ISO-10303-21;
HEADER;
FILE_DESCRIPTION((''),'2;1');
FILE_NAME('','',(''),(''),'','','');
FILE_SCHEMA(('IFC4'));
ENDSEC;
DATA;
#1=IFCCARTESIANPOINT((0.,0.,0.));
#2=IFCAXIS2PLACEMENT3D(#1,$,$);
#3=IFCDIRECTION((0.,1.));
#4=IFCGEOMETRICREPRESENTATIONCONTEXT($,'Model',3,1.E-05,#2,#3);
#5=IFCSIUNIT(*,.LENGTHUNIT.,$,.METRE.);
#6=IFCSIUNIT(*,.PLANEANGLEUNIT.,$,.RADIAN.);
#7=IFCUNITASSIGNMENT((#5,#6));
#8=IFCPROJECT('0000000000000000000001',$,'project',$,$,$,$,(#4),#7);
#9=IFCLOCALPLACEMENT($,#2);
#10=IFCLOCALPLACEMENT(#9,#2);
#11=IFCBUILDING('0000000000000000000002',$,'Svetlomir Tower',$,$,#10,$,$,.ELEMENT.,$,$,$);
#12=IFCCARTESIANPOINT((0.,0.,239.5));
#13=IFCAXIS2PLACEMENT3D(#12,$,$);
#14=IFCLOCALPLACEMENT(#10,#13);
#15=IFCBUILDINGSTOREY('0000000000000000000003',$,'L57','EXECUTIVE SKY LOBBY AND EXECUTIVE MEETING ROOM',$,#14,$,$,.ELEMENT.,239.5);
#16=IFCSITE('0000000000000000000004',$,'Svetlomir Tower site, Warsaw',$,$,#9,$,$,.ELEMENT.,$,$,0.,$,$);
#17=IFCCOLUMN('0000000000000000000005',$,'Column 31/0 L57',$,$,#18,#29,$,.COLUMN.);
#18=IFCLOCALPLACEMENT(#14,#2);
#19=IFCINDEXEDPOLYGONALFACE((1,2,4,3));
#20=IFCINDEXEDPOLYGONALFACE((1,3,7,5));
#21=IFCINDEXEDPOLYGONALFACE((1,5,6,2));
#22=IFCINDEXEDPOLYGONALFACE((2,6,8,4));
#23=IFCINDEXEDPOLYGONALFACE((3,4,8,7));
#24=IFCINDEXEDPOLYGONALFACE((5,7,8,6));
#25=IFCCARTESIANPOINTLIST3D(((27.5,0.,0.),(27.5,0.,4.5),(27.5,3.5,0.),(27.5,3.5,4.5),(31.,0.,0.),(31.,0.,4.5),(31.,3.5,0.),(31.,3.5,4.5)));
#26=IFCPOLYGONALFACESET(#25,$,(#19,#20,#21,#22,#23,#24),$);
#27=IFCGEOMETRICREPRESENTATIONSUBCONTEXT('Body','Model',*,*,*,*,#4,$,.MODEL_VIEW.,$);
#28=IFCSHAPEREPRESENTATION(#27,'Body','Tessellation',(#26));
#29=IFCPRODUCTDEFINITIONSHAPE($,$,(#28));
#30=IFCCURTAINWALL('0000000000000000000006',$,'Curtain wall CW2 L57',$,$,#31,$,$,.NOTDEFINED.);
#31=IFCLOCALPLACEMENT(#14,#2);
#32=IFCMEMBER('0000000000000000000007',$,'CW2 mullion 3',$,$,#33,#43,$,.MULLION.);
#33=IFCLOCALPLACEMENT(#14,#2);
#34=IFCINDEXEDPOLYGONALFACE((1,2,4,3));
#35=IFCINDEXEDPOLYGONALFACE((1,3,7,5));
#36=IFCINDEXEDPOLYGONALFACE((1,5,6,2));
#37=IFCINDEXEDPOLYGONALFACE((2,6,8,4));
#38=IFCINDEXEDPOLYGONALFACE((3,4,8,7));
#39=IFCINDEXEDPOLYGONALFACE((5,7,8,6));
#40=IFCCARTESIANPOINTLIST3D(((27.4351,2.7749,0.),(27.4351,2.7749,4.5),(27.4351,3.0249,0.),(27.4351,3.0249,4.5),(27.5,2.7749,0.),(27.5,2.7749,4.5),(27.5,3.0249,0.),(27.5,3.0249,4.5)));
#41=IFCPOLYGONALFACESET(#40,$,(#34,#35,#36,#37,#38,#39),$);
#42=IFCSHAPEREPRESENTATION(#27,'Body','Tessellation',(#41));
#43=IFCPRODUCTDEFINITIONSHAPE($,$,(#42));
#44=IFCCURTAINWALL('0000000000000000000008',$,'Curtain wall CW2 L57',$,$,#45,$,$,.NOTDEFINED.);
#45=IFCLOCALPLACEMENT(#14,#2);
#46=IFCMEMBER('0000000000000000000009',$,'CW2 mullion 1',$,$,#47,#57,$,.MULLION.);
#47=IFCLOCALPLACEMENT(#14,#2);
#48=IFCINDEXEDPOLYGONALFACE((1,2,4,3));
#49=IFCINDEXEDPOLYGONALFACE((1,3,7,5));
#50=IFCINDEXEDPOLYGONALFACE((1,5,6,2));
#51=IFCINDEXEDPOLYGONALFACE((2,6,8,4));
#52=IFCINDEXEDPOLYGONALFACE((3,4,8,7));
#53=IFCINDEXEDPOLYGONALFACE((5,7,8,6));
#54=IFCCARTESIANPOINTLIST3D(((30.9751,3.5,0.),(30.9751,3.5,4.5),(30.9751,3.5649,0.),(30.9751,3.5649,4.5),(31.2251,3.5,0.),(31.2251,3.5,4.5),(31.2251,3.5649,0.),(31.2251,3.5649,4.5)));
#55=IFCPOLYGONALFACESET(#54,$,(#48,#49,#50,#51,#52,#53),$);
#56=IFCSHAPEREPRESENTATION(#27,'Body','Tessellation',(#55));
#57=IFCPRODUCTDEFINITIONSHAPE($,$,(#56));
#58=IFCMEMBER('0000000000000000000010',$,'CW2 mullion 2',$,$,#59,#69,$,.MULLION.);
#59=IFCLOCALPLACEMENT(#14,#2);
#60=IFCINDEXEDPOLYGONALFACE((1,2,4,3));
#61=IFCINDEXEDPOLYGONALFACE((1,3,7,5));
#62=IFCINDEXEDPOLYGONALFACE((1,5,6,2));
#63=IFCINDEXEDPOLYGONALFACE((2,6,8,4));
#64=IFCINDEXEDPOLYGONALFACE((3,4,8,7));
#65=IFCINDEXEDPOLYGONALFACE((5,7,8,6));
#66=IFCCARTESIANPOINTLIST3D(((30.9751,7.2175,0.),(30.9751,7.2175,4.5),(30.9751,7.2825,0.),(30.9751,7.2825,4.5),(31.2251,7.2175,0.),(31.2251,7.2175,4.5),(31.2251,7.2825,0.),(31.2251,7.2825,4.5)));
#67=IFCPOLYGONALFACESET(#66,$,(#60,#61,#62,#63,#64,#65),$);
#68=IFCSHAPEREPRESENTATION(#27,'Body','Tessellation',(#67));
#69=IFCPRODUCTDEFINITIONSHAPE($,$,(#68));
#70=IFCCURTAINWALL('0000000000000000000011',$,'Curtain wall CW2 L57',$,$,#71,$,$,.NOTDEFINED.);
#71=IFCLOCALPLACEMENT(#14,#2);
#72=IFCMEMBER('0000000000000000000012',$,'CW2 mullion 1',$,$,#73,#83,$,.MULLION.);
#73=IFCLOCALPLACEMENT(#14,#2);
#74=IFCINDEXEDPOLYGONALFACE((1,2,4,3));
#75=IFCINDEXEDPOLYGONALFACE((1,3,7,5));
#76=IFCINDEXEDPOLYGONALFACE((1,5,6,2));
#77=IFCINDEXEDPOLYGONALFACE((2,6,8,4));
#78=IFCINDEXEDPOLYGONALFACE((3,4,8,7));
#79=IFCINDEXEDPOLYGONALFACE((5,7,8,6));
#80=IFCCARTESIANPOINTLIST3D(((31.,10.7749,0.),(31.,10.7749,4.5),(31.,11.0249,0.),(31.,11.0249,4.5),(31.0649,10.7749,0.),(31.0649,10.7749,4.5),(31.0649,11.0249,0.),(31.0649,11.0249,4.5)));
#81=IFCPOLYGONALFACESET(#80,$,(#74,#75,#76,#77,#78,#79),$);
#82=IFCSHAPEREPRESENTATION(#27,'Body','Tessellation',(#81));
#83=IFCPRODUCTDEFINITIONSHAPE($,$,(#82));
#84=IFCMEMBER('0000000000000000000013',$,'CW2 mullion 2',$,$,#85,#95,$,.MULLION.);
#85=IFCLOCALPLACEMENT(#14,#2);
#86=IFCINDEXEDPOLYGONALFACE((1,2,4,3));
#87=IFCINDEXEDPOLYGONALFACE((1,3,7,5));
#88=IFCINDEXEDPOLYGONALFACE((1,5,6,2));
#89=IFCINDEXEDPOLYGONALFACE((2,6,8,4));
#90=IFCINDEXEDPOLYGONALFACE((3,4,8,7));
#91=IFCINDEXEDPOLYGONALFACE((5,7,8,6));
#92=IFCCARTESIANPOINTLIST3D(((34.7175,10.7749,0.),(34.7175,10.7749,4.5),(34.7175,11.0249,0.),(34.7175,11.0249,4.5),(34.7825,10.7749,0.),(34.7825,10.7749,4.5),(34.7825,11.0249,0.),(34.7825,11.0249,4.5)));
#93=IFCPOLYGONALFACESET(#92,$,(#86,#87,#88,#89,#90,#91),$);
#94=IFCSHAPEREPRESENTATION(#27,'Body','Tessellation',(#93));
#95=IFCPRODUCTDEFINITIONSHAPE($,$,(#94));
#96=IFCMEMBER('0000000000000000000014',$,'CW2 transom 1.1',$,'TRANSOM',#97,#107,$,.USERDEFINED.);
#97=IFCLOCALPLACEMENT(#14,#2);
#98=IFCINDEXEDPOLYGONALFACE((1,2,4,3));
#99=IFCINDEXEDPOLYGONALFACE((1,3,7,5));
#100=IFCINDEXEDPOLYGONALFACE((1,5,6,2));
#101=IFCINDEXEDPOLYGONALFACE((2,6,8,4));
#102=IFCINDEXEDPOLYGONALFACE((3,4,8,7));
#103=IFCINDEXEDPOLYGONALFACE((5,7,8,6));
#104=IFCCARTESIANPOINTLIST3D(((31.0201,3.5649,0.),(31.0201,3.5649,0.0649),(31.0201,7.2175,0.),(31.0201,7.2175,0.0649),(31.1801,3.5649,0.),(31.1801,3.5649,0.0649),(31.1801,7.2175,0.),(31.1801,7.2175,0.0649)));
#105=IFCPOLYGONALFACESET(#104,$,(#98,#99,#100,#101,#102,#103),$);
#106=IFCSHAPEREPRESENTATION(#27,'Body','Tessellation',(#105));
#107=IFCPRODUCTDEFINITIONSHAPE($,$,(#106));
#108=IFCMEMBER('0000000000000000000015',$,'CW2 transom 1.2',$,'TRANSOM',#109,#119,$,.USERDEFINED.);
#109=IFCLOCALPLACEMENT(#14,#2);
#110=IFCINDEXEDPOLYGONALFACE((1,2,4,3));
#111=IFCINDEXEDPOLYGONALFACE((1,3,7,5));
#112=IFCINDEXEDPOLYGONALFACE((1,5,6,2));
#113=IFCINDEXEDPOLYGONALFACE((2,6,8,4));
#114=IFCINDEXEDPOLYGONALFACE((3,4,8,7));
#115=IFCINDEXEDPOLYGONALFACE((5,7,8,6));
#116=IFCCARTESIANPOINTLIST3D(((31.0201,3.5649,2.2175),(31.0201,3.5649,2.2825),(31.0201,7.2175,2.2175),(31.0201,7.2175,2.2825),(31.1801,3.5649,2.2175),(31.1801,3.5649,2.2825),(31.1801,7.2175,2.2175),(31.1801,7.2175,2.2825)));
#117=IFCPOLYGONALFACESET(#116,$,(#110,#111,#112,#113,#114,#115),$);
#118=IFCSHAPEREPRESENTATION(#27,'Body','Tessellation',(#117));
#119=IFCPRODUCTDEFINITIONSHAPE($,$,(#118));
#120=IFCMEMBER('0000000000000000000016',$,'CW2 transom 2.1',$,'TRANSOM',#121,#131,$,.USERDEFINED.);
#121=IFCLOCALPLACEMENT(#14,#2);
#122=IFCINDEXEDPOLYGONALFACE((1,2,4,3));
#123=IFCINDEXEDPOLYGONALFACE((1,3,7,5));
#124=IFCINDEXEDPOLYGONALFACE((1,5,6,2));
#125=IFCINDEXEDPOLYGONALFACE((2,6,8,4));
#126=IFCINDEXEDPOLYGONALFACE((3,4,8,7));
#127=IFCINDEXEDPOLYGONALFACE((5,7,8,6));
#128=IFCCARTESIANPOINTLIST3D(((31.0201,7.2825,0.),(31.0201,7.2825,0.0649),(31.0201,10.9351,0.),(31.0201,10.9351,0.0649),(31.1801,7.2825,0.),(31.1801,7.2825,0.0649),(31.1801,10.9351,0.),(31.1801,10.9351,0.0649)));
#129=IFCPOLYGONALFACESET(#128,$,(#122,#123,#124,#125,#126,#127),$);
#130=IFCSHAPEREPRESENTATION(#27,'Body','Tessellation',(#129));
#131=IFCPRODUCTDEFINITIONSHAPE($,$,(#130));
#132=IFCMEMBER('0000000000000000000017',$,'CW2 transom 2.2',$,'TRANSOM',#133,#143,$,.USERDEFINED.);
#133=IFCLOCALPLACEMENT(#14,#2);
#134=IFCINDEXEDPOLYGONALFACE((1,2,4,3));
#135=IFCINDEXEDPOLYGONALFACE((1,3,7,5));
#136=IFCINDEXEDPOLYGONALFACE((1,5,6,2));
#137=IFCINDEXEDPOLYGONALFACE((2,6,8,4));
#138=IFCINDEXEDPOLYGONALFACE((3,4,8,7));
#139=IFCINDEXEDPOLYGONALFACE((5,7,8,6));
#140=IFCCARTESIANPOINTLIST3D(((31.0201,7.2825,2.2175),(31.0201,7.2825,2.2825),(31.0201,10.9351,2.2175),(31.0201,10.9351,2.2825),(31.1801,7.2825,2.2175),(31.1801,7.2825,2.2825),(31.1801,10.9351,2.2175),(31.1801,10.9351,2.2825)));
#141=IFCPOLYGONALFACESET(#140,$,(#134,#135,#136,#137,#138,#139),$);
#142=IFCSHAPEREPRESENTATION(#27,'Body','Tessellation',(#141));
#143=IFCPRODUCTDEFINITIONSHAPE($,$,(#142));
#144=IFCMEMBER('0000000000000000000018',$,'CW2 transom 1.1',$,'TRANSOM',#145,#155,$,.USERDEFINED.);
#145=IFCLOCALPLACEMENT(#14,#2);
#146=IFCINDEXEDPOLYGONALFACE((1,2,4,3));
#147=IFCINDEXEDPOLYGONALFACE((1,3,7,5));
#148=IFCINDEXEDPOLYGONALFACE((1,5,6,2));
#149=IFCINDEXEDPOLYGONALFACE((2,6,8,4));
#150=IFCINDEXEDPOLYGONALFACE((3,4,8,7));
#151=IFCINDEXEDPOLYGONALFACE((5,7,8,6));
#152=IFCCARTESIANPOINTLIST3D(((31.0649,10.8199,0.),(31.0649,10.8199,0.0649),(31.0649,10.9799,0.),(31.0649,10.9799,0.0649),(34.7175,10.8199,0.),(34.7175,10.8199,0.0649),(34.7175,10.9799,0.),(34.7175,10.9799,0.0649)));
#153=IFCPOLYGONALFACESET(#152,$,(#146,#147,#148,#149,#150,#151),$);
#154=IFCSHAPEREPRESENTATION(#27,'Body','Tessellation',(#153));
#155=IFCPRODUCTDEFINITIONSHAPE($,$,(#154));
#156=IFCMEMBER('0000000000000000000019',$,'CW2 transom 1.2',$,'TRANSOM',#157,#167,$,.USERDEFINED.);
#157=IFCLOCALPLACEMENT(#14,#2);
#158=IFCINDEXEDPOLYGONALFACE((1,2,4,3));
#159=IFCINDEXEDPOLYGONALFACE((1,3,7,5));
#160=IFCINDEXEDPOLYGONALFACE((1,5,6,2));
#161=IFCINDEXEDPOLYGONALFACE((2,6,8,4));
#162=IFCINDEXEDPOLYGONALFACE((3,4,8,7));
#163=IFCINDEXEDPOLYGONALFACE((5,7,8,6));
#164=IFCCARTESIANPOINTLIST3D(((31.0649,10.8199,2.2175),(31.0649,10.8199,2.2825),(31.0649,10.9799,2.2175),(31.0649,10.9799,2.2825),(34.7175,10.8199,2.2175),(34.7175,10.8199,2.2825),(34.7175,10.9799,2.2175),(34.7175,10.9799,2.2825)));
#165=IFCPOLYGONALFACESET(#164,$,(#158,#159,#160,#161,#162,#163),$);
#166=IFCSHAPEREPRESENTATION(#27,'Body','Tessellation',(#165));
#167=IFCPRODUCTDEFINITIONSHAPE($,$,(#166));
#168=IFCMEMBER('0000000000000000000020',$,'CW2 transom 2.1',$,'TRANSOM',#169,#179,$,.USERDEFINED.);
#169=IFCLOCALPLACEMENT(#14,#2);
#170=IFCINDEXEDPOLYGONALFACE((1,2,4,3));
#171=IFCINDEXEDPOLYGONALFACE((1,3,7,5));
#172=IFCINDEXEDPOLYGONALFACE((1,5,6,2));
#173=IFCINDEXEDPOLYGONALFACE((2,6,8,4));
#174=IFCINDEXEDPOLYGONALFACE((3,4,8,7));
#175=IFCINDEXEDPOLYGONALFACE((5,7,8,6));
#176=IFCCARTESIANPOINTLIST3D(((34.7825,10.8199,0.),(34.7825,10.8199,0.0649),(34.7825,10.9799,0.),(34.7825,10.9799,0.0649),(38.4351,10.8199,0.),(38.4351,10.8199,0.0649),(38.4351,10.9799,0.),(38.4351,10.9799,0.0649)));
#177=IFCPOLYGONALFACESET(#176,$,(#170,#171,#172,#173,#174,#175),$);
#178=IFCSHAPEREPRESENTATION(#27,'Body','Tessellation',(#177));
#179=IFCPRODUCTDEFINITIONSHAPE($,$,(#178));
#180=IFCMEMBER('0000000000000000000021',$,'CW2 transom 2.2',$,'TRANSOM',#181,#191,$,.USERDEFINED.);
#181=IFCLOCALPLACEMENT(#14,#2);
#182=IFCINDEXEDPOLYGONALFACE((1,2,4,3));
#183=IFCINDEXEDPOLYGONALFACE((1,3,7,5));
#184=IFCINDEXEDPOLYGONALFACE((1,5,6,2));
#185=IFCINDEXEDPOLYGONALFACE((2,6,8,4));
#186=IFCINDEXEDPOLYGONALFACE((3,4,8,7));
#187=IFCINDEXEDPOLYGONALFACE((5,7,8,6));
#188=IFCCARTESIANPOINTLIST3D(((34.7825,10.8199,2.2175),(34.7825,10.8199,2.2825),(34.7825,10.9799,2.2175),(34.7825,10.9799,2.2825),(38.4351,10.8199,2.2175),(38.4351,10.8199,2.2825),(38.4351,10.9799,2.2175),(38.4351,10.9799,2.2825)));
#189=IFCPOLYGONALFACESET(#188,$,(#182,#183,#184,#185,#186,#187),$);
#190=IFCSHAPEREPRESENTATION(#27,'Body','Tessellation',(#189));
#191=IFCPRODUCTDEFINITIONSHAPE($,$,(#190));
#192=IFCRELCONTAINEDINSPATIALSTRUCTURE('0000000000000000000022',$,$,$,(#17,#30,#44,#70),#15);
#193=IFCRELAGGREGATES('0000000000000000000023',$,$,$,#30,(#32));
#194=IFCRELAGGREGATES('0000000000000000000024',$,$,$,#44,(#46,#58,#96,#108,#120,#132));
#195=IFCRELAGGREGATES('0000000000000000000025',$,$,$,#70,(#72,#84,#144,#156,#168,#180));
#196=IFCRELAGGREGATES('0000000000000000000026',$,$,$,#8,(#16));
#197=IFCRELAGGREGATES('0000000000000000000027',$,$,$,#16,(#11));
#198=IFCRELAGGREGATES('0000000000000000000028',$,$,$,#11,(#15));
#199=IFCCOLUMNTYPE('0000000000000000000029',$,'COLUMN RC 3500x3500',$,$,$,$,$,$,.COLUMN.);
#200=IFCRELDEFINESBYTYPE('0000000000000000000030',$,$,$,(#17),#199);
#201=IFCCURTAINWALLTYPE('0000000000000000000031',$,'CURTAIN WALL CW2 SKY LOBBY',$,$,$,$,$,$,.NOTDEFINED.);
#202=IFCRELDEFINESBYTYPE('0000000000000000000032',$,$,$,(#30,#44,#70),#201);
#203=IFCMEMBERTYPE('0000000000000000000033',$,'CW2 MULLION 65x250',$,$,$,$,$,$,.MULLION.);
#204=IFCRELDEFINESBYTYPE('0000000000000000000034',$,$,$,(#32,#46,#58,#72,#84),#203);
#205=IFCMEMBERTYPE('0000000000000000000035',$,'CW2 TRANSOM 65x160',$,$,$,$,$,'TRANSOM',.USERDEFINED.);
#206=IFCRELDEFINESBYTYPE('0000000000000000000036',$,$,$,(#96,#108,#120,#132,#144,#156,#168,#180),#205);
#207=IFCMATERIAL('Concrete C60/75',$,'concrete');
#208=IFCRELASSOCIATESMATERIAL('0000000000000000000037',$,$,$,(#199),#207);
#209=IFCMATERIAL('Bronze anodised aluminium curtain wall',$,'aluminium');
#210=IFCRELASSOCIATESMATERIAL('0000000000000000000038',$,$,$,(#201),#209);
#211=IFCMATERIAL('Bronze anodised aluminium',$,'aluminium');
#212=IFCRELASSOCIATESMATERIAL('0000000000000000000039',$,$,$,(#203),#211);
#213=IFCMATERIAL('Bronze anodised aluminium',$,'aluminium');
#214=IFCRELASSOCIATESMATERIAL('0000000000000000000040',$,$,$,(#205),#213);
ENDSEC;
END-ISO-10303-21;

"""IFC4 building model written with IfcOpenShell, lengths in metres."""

from ifc_helpers import new_model, si_unit, direction, frame, origin, origin_2d, place, context, subcontext, project, spatial, rectangle, extrude, material, material_profile, profile_set, type_object, element, aggregate, save


model = new_model("IFC4")

# Units and contexts
model_context = context("Model", 3, precision=1e-05, world=origin(), true_north=direction((0.0, 1.0)))
body_context = subcontext(model_context, "Body", "Model", "MODEL_VIEW")
ifc_project = project(units=[si_unit("LENGTHUNIT", "METRE"), si_unit("PLANEANGLEUNIT", "RADIAN")], contexts=[model_context])

# Site, building, storey
site_placement = place(None, origin())
site = spatial("IfcSite", under=ifc_project, at=site_placement, Name="Svetlomir Tower site, Warsaw", CompositionType="ELEMENT", RefElevation=0.0)
building_placement = place(site_placement, origin())
building = spatial("IfcBuilding", under=site, at=building_placement, Name="Svetlomir Tower", CompositionType="ELEMENT")
storey_placement = place(building_placement, frame((0.0, 0.0, 239.5)))
storey = spatial("IfcBuildingStorey", under=building, at=storey_placement, Name="L57", Description="EXECUTIVE SKY LOBBY AND EXECUTIVE MEETING ROOM", CompositionType="ELEMENT", Elevation=239.5)

# Column
ifc_material_1 = material(Name="Concrete C60/75", Category="concrete")
ifc_material_profile_1 = material_profile(ifc_material_1, rectangle(XDim=3.5, YDim=3.5, at=origin_2d()), Name="RC 3500x3500")
ifc_profile_set_1 = profile_set([ifc_material_profile_1], Name="Concrete C60/75")
column_type = type_object("IfcColumnType", Name="COLUMN RC 3500x3500", PredefinedType="COLUMN", material=ifc_profile_set_1)
column_placement = place(storey_placement, frame((29.25, 1.75, 0.0), z_axis=(0.0, 0.0, 1.0), x_axis=(1.0, 0.0, 0.0)))
element("IfcColumn", 1, at=column_placement, inside=storey, type_object=column_type, Name="Column 31/0 L57", PredefinedType="COLUMN", context=body_context, shape_type="SweptSolid", body=[
    extrude(rectangle(XDim=3.5, YDim=3.5, at=origin_2d()), origin(), (0.0, 0.0, 1.0), 4.5),
])

# Curtain wall, member
ifc_material_2 = material(Name="Bronze anodised aluminium curtain wall", Category="aluminium")
curtain_wall_type = type_object("IfcCurtainWallType", Name="CURTAIN WALL CW2 SKY LOBBY", PredefinedType="NOTDEFINED", material=ifc_material_2)
curtain_wall_1_placement = place(storey_placement, origin())
curtain_wall_1 = element("IfcCurtainWall", 2, at=curtain_wall_1_placement, inside=storey, type_object=curtain_wall_type, Name="Curtain wall CW2 L57", PredefinedType="NOTDEFINED")
ifc_material_3 = material(Name="Bronze anodised aluminium", Category="aluminium")
ifc_material_profile_2 = material_profile(ifc_material_3, rectangle(XDim=0.0649, YDim=0.25, at=origin_2d()), Name="AL 65x250")
ifc_profile_set_2 = profile_set([ifc_material_profile_2], Name="Bronze anodised aluminium 6063-T6")
member_type_1 = type_object("IfcMemberType", Name="CW2 MULLION 65x250", PredefinedType="MULLION", material=ifc_profile_set_2)
member_1_placement = place(storey_placement, frame((27.4675, 2.8999, 0.0), z_axis=(0.0, 0.0, 1.0), x_axis=(1.0, 0.0, 0.0)))
member_1 = element("IfcMember", 3, at=member_1_placement, type_object=member_type_1, Name="CW2 mullion 3", PredefinedType="MULLION", context=body_context, shape_type="SweptSolid", body=[
    extrude(rectangle(XDim=0.0649, YDim=0.25, at=origin_2d()), origin(), (0.0, 0.0, 1.0), 4.5),
])
aggregate(curtain_wall_1, [member_1])

# Curtain walls, members
curtain_wall_2_placement = place(storey_placement, origin())
curtain_wall_2 = element("IfcCurtainWall", 4, at=curtain_wall_2_placement, inside=storey, type_object=curtain_wall_type, Name="Curtain wall CW2 L57", PredefinedType="NOTDEFINED")
member_2_placement = place(storey_placement, frame((31.1001, 3.5325, 0.0), z_axis=(0.0, 0.0, 1.0), x_axis=(0.0, 1.0, 0.0)))
member_2 = element("IfcMember", 5, at=member_2_placement, type_object=member_type_1, Name="CW2 mullion 1", PredefinedType="MULLION", context=body_context, shape_type="SweptSolid", body=[
    extrude(rectangle(XDim=0.0649, YDim=0.25, at=origin_2d()), origin(), (0.0, 0.0, 1.0), 4.5),
])
member_3_placement = place(storey_placement, frame((31.1001, 7.25, 0.0), z_axis=(0.0, 0.0, 1.0), x_axis=(0.0, 1.0, 0.0)))
member_3 = element("IfcMember", 6, at=member_3_placement, type_object=member_type_1, Name="CW2 mullion 2", PredefinedType="MULLION", context=body_context, shape_type="SweptSolid", body=[
    extrude(rectangle(XDim=0.0649, YDim=0.25, at=origin_2d()), origin(), (0.0, 0.0, 1.0), 4.5),
])
curtain_wall_3_placement = place(storey_placement, origin())
curtain_wall_3 = element("IfcCurtainWall", 7, at=curtain_wall_3_placement, inside=storey, type_object=curtain_wall_type, Name="Curtain wall CW2 L57", PredefinedType="NOTDEFINED")
member_4_placement = place(storey_placement, frame((31.0325, 10.8999, 0.0), z_axis=(0.0, 0.0, 1.0), x_axis=(1.0, 0.0, 0.0)))
member_4 = element("IfcMember", 8, at=member_4_placement, type_object=member_type_1, Name="CW2 mullion 1", PredefinedType="MULLION", context=body_context, shape_type="SweptSolid", body=[
    extrude(rectangle(XDim=0.0649, YDim=0.25, at=origin_2d()), origin(), (0.0, 0.0, 1.0), 4.5),
])
member_5_placement = place(storey_placement, frame((34.75, 10.8999, 0.0), z_axis=(0.0, 0.0, 1.0), x_axis=(1.0, 0.0, 0.0)))
member_5 = element("IfcMember", 9, at=member_5_placement, type_object=member_type_1, Name="CW2 mullion 2", PredefinedType="MULLION", context=body_context, shape_type="SweptSolid", body=[
    extrude(rectangle(XDim=0.0649, YDim=0.25, at=origin_2d()), origin(), (0.0, 0.0, 1.0), 4.5),
])

# Members
ifc_material_4 = material(Name="Bronze anodised aluminium", Category="aluminium")
ifc_material_profile_3 = material_profile(ifc_material_4, rectangle(XDim=0.1599, YDim=0.0649, at=origin_2d()), Name="AL 160x65")
ifc_profile_set_3 = profile_set([ifc_material_profile_3], Name="Bronze anodised aluminium 6063-T6")
member_type_2 = type_object("IfcMemberType", Name="CW2 TRANSOM 65x160", ElementType="TRANSOM", PredefinedType="USERDEFINED", material=ifc_profile_set_3)
member_6_placement = place(storey_placement, frame((31.1001, 3.5649, 0.0325), z_axis=(0.0, 1.0, 0.0), x_axis=(-1.0, 0.0, 0.0)))
member_6 = element("IfcMember", 10, at=member_6_placement, type_object=member_type_2, Name="CW2 transom 1.1", ObjectType="TRANSOM", PredefinedType="USERDEFINED", context=body_context, shape_type="SweptSolid", body=[
    extrude(rectangle(XDim=0.1599, YDim=0.0649, at=origin_2d()), origin(), (0.0, 0.0, 1.0), 3.6526),
])
member_7_placement = place(storey_placement, frame((31.1001, 3.5649, 2.25), z_axis=(0.0, 1.0, 0.0), x_axis=(-1.0, 0.0, 0.0)))
member_7 = element("IfcMember", 11, at=member_7_placement, type_object=member_type_2, Name="CW2 transom 1.2", ObjectType="TRANSOM", PredefinedType="USERDEFINED", context=body_context, shape_type="SweptSolid", body=[
    extrude(rectangle(XDim=0.1599, YDim=0.0649, at=origin_2d()), origin(), (0.0, 0.0, 1.0), 3.6526),
])
member_8_placement = place(storey_placement, frame((31.1001, 7.2825, 0.0325), z_axis=(0.0, 1.0, 0.0), x_axis=(-1.0, 0.0, 0.0)))
member_8 = element("IfcMember", 12, at=member_8_placement, type_object=member_type_2, Name="CW2 transom 2.1", ObjectType="TRANSOM", PredefinedType="USERDEFINED", context=body_context, shape_type="SweptSolid", body=[
    extrude(rectangle(XDim=0.1599, YDim=0.0649, at=origin_2d()), origin(), (0.0, 0.0, 1.0), 3.6526),
])
member_9_placement = place(storey_placement, frame((31.1001, 7.2825, 2.25), z_axis=(0.0, 1.0, 0.0), x_axis=(-1.0, 0.0, 0.0)))
member_9 = element("IfcMember", 13, at=member_9_placement, type_object=member_type_2, Name="CW2 transom 2.2", ObjectType="TRANSOM", PredefinedType="USERDEFINED", context=body_context, shape_type="SweptSolid", body=[
    extrude(rectangle(XDim=0.1599, YDim=0.0649, at=origin_2d()), origin(), (0.0, 0.0, 1.0), 3.6526),
])
member_10_placement = place(storey_placement, frame((31.0649, 10.8999, 0.0325), z_axis=(1.0, 0.0, 0.0), x_axis=(0.0, 1.0, 0.0)))
member_10 = element("IfcMember", 14, at=member_10_placement, type_object=member_type_2, Name="CW2 transom 1.1", ObjectType="TRANSOM", PredefinedType="USERDEFINED", context=body_context, shape_type="SweptSolid", body=[
    extrude(rectangle(XDim=0.1599, YDim=0.0649, at=origin_2d()), origin(), (0.0, 0.0, 1.0), 3.6526),
])
member_11_placement = place(storey_placement, frame((31.0649, 10.8999, 2.25), z_axis=(1.0, 0.0, 0.0), x_axis=(0.0, 1.0, 0.0)))
member_11 = element("IfcMember", 15, at=member_11_placement, type_object=member_type_2, Name="CW2 transom 1.2", ObjectType="TRANSOM", PredefinedType="USERDEFINED", context=body_context, shape_type="SweptSolid", body=[
    extrude(rectangle(XDim=0.1599, YDim=0.0649, at=origin_2d()), origin(), (0.0, 0.0, 1.0), 3.6526),
])
member_12_placement = place(storey_placement, frame((34.7825, 10.8999, 0.0325), z_axis=(1.0, 0.0, 0.0), x_axis=(0.0, 1.0, 0.0)))
member_12 = element("IfcMember", 16, at=member_12_placement, type_object=member_type_2, Name="CW2 transom 2.1", ObjectType="TRANSOM", PredefinedType="USERDEFINED", context=body_context, shape_type="SweptSolid", body=[
    extrude(rectangle(XDim=0.1599, YDim=0.0649, at=origin_2d()), origin(), (0.0, 0.0, 1.0), 3.6526),
])
member_13_placement = place(storey_placement, frame((34.7825, 10.8999, 2.25), z_axis=(1.0, 0.0, 0.0), x_axis=(0.0, 1.0, 0.0)))
member_13 = element("IfcMember", 17, at=member_13_placement, type_object=member_type_2, Name="CW2 transom 2.2", ObjectType="TRANSOM", PredefinedType="USERDEFINED", context=body_context, shape_type="SweptSolid", body=[
    extrude(rectangle(XDim=0.1599, YDim=0.0649, at=origin_2d()), origin(), (0.0, 0.0, 1.0), 3.6526),
])

aggregate(curtain_wall_2, [member_2, member_3, member_6, member_7, member_8, member_9])
aggregate(curtain_wall_3, [member_4, member_5, member_10, member_11, member_12, member_13])

save(model, "model.ifc")
